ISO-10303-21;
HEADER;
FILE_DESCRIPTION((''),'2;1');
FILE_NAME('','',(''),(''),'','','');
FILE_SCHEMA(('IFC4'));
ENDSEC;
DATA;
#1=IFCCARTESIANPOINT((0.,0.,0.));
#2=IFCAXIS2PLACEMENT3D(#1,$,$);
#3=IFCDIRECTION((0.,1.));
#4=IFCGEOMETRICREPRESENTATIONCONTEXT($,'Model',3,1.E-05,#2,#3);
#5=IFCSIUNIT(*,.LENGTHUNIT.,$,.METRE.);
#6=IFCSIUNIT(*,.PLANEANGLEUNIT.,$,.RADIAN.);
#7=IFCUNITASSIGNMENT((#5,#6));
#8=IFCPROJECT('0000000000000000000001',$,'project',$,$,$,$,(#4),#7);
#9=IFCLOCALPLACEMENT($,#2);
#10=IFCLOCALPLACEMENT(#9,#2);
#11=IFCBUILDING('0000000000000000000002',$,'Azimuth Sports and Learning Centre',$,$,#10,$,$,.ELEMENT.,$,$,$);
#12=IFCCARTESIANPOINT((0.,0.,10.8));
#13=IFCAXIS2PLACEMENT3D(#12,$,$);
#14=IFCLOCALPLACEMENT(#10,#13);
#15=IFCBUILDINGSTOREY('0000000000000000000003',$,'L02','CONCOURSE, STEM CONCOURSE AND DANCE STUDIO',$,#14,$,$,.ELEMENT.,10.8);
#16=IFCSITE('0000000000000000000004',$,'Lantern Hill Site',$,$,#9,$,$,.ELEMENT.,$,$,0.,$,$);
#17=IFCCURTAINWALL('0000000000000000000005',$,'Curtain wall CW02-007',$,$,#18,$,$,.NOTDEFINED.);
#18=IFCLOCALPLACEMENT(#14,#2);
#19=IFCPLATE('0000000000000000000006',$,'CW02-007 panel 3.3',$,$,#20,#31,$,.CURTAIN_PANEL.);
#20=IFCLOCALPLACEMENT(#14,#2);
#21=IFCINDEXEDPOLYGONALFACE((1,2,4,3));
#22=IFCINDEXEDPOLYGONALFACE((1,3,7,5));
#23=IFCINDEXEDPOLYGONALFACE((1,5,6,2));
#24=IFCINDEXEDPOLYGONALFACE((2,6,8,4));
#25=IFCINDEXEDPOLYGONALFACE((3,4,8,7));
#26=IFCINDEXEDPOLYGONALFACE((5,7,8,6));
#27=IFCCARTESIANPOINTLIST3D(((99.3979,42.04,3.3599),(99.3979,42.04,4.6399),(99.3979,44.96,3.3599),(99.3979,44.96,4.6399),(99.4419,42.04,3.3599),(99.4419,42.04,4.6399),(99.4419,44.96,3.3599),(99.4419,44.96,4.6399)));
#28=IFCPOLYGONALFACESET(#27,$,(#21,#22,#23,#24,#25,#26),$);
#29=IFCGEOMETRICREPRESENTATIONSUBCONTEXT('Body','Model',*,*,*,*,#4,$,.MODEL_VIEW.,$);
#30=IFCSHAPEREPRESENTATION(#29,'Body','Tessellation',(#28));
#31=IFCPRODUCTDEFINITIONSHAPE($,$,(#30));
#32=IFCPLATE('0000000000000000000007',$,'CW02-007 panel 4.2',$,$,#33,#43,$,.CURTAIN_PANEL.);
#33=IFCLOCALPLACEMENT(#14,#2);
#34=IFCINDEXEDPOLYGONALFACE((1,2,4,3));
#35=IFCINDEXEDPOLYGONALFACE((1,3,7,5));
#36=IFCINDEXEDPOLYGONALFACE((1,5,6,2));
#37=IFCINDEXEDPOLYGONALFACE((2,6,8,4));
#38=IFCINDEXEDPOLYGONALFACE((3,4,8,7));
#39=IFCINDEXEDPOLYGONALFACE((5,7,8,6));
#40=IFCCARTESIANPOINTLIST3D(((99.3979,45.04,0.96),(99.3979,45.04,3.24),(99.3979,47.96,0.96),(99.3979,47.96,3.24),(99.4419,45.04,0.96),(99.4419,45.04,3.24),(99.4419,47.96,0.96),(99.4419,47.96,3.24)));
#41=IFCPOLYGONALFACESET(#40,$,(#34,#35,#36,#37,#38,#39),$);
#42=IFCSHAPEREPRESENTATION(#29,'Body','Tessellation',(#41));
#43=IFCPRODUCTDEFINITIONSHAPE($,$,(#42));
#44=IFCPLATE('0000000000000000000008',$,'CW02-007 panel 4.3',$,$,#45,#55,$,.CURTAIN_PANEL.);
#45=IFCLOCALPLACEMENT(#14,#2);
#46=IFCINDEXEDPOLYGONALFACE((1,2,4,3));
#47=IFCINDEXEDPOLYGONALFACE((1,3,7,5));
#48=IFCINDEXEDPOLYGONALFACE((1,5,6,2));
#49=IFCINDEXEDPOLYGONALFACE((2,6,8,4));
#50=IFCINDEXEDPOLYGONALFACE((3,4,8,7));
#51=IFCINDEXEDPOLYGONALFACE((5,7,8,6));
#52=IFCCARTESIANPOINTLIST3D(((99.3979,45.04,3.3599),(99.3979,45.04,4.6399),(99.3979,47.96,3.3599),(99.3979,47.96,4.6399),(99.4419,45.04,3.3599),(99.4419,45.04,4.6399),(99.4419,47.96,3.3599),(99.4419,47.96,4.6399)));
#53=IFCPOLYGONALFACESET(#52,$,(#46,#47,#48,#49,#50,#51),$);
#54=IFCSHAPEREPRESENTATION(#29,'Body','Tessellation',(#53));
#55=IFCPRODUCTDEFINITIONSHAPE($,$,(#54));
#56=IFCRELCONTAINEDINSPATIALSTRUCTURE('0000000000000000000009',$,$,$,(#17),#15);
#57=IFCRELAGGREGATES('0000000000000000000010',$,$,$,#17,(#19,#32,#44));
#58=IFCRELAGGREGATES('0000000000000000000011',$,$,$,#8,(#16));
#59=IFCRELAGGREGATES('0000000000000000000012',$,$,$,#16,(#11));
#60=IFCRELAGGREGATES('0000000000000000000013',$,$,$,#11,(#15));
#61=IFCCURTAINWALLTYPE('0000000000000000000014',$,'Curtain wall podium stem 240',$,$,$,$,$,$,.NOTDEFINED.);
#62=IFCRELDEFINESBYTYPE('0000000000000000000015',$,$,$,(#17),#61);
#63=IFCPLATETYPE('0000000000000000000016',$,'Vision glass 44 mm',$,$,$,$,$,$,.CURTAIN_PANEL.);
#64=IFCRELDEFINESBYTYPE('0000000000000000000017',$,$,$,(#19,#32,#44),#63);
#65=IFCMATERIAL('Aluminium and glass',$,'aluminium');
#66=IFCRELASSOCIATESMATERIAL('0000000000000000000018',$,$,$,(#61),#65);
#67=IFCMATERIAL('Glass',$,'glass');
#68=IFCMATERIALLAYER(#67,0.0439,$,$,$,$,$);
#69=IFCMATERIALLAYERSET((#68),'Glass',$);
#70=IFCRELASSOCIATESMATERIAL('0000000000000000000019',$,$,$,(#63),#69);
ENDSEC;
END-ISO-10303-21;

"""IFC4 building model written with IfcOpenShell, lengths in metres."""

from ifc_helpers import new_model, si_unit, direction, frame, origin, origin_2d, place, context, subcontext, project, spatial, rectangle, extrude, material, layer, layer_set, type_object, element, aggregate, save


model = new_model("IFC4")

# Units and contexts
model_context = context("Model", 3, precision=1e-05, world=origin(), true_north=direction((0.0, 1.0)))
body_context = subcontext(model_context, "Body", "Model", "MODEL_VIEW")
ifc_project = project(units=[si_unit("LENGTHUNIT", "METRE"), si_unit("PLANEANGLEUNIT", "RADIAN")], contexts=[model_context])

# Site, building, storey
site_placement = place(None, origin())
site = spatial("IfcSite", under=ifc_project, at=site_placement, Name="Lantern Hill Site", CompositionType="ELEMENT", RefElevation=0.0)
building_placement = place(site_placement, origin())
building = spatial("IfcBuilding", under=site, at=building_placement, Name="Azimuth Sports and Learning Centre", CompositionType="ELEMENT")
storey_placement = place(building_placement, frame((0.0, 0.0, 10.8)))
storey = spatial("IfcBuildingStorey", under=building, at=storey_placement, Name="L02", Description="CONCOURSE, STEM CONCOURSE AND DANCE STUDIO", CompositionType="ELEMENT", Elevation=10.8)

# Curtain wall, plates
ifc_material_1 = material(Name="Aluminium and glass", Category="aluminium")
curtain_wall_type = type_object("IfcCurtainWallType", Name="Curtain wall podium stem 240", PredefinedType="NOTDEFINED", material=ifc_material_1)
curtain_wall_placement = place(storey_placement, origin())
curtain_wall = element("IfcCurtainWall", 1, at=curtain_wall_placement, inside=storey, type_object=curtain_wall_type, Name="Curtain wall CW02-007", PredefinedType="NOTDEFINED")
ifc_material_2 = material(Name="Glass", Category="glass")
ifc_layer_1 = layer(ifc_material_2, 0.0439)
ifc_layer_set_1 = layer_set([ifc_layer_1], Name="Glass")
plate_type_1 = type_object("IfcPlateType", Name="Vision glass 44 mm", PredefinedType="CURTAIN_PANEL", material=ifc_layer_set_1)
plate_1_placement = place(storey_placement, frame((99.4199, 43.5, 3.3599), z_axis=(0.0, 0.0, 1.0), x_axis=(0.0, 1.0, 0.0)))
plate_1 = element("IfcPlate", 2, at=plate_1_placement, type_object=plate_type_1, Name="CW02-007 panel 3.3", PredefinedType="CURTAIN_PANEL", context=body_context, shape_type="SweptSolid", body=[
    extrude(rectangle(XDim=2.9199, YDim=0.0439, at=origin_2d()), origin(), (0.0, 0.0, 1.0), 1.28),
])
plate_2_placement = place(storey_placement, frame((99.4199, 46.5, 0.96), z_axis=(0.0, 0.0, 1.0), x_axis=(0.0, 1.0, 0.0)))
plate_2 = element("IfcPlate", 3, at=plate_2_placement, type_object=plate_type_1, Name="CW02-007 panel 4.2", PredefinedType="CURTAIN_PANEL", context=body_context, shape_type="SweptSolid", body=[
    extrude(rectangle(XDim=2.9199, YDim=0.0439, at=origin_2d()), origin(), (0.0, 0.0, 1.0), 2.28),
])
plate_3_placement = place(storey_placement, frame((99.4199, 46.5, 3.3599), z_axis=(0.0, 0.0, 1.0), x_axis=(0.0, 1.0, 0.0)))
plate_3 = element("IfcPlate", 4, at=plate_3_placement, type_object=plate_type_1, Name="CW02-007 panel 4.3", PredefinedType="CURTAIN_PANEL", context=body_context, shape_type="SweptSolid", body=[
    extrude(rectangle(XDim=2.9199, YDim=0.0439, at=origin_2d()), origin(), (0.0, 0.0, 1.0), 1.28),
])
aggregate(curtain_wall, [plate_1, plate_2, plate_3])

save(model, "model.ifc")
